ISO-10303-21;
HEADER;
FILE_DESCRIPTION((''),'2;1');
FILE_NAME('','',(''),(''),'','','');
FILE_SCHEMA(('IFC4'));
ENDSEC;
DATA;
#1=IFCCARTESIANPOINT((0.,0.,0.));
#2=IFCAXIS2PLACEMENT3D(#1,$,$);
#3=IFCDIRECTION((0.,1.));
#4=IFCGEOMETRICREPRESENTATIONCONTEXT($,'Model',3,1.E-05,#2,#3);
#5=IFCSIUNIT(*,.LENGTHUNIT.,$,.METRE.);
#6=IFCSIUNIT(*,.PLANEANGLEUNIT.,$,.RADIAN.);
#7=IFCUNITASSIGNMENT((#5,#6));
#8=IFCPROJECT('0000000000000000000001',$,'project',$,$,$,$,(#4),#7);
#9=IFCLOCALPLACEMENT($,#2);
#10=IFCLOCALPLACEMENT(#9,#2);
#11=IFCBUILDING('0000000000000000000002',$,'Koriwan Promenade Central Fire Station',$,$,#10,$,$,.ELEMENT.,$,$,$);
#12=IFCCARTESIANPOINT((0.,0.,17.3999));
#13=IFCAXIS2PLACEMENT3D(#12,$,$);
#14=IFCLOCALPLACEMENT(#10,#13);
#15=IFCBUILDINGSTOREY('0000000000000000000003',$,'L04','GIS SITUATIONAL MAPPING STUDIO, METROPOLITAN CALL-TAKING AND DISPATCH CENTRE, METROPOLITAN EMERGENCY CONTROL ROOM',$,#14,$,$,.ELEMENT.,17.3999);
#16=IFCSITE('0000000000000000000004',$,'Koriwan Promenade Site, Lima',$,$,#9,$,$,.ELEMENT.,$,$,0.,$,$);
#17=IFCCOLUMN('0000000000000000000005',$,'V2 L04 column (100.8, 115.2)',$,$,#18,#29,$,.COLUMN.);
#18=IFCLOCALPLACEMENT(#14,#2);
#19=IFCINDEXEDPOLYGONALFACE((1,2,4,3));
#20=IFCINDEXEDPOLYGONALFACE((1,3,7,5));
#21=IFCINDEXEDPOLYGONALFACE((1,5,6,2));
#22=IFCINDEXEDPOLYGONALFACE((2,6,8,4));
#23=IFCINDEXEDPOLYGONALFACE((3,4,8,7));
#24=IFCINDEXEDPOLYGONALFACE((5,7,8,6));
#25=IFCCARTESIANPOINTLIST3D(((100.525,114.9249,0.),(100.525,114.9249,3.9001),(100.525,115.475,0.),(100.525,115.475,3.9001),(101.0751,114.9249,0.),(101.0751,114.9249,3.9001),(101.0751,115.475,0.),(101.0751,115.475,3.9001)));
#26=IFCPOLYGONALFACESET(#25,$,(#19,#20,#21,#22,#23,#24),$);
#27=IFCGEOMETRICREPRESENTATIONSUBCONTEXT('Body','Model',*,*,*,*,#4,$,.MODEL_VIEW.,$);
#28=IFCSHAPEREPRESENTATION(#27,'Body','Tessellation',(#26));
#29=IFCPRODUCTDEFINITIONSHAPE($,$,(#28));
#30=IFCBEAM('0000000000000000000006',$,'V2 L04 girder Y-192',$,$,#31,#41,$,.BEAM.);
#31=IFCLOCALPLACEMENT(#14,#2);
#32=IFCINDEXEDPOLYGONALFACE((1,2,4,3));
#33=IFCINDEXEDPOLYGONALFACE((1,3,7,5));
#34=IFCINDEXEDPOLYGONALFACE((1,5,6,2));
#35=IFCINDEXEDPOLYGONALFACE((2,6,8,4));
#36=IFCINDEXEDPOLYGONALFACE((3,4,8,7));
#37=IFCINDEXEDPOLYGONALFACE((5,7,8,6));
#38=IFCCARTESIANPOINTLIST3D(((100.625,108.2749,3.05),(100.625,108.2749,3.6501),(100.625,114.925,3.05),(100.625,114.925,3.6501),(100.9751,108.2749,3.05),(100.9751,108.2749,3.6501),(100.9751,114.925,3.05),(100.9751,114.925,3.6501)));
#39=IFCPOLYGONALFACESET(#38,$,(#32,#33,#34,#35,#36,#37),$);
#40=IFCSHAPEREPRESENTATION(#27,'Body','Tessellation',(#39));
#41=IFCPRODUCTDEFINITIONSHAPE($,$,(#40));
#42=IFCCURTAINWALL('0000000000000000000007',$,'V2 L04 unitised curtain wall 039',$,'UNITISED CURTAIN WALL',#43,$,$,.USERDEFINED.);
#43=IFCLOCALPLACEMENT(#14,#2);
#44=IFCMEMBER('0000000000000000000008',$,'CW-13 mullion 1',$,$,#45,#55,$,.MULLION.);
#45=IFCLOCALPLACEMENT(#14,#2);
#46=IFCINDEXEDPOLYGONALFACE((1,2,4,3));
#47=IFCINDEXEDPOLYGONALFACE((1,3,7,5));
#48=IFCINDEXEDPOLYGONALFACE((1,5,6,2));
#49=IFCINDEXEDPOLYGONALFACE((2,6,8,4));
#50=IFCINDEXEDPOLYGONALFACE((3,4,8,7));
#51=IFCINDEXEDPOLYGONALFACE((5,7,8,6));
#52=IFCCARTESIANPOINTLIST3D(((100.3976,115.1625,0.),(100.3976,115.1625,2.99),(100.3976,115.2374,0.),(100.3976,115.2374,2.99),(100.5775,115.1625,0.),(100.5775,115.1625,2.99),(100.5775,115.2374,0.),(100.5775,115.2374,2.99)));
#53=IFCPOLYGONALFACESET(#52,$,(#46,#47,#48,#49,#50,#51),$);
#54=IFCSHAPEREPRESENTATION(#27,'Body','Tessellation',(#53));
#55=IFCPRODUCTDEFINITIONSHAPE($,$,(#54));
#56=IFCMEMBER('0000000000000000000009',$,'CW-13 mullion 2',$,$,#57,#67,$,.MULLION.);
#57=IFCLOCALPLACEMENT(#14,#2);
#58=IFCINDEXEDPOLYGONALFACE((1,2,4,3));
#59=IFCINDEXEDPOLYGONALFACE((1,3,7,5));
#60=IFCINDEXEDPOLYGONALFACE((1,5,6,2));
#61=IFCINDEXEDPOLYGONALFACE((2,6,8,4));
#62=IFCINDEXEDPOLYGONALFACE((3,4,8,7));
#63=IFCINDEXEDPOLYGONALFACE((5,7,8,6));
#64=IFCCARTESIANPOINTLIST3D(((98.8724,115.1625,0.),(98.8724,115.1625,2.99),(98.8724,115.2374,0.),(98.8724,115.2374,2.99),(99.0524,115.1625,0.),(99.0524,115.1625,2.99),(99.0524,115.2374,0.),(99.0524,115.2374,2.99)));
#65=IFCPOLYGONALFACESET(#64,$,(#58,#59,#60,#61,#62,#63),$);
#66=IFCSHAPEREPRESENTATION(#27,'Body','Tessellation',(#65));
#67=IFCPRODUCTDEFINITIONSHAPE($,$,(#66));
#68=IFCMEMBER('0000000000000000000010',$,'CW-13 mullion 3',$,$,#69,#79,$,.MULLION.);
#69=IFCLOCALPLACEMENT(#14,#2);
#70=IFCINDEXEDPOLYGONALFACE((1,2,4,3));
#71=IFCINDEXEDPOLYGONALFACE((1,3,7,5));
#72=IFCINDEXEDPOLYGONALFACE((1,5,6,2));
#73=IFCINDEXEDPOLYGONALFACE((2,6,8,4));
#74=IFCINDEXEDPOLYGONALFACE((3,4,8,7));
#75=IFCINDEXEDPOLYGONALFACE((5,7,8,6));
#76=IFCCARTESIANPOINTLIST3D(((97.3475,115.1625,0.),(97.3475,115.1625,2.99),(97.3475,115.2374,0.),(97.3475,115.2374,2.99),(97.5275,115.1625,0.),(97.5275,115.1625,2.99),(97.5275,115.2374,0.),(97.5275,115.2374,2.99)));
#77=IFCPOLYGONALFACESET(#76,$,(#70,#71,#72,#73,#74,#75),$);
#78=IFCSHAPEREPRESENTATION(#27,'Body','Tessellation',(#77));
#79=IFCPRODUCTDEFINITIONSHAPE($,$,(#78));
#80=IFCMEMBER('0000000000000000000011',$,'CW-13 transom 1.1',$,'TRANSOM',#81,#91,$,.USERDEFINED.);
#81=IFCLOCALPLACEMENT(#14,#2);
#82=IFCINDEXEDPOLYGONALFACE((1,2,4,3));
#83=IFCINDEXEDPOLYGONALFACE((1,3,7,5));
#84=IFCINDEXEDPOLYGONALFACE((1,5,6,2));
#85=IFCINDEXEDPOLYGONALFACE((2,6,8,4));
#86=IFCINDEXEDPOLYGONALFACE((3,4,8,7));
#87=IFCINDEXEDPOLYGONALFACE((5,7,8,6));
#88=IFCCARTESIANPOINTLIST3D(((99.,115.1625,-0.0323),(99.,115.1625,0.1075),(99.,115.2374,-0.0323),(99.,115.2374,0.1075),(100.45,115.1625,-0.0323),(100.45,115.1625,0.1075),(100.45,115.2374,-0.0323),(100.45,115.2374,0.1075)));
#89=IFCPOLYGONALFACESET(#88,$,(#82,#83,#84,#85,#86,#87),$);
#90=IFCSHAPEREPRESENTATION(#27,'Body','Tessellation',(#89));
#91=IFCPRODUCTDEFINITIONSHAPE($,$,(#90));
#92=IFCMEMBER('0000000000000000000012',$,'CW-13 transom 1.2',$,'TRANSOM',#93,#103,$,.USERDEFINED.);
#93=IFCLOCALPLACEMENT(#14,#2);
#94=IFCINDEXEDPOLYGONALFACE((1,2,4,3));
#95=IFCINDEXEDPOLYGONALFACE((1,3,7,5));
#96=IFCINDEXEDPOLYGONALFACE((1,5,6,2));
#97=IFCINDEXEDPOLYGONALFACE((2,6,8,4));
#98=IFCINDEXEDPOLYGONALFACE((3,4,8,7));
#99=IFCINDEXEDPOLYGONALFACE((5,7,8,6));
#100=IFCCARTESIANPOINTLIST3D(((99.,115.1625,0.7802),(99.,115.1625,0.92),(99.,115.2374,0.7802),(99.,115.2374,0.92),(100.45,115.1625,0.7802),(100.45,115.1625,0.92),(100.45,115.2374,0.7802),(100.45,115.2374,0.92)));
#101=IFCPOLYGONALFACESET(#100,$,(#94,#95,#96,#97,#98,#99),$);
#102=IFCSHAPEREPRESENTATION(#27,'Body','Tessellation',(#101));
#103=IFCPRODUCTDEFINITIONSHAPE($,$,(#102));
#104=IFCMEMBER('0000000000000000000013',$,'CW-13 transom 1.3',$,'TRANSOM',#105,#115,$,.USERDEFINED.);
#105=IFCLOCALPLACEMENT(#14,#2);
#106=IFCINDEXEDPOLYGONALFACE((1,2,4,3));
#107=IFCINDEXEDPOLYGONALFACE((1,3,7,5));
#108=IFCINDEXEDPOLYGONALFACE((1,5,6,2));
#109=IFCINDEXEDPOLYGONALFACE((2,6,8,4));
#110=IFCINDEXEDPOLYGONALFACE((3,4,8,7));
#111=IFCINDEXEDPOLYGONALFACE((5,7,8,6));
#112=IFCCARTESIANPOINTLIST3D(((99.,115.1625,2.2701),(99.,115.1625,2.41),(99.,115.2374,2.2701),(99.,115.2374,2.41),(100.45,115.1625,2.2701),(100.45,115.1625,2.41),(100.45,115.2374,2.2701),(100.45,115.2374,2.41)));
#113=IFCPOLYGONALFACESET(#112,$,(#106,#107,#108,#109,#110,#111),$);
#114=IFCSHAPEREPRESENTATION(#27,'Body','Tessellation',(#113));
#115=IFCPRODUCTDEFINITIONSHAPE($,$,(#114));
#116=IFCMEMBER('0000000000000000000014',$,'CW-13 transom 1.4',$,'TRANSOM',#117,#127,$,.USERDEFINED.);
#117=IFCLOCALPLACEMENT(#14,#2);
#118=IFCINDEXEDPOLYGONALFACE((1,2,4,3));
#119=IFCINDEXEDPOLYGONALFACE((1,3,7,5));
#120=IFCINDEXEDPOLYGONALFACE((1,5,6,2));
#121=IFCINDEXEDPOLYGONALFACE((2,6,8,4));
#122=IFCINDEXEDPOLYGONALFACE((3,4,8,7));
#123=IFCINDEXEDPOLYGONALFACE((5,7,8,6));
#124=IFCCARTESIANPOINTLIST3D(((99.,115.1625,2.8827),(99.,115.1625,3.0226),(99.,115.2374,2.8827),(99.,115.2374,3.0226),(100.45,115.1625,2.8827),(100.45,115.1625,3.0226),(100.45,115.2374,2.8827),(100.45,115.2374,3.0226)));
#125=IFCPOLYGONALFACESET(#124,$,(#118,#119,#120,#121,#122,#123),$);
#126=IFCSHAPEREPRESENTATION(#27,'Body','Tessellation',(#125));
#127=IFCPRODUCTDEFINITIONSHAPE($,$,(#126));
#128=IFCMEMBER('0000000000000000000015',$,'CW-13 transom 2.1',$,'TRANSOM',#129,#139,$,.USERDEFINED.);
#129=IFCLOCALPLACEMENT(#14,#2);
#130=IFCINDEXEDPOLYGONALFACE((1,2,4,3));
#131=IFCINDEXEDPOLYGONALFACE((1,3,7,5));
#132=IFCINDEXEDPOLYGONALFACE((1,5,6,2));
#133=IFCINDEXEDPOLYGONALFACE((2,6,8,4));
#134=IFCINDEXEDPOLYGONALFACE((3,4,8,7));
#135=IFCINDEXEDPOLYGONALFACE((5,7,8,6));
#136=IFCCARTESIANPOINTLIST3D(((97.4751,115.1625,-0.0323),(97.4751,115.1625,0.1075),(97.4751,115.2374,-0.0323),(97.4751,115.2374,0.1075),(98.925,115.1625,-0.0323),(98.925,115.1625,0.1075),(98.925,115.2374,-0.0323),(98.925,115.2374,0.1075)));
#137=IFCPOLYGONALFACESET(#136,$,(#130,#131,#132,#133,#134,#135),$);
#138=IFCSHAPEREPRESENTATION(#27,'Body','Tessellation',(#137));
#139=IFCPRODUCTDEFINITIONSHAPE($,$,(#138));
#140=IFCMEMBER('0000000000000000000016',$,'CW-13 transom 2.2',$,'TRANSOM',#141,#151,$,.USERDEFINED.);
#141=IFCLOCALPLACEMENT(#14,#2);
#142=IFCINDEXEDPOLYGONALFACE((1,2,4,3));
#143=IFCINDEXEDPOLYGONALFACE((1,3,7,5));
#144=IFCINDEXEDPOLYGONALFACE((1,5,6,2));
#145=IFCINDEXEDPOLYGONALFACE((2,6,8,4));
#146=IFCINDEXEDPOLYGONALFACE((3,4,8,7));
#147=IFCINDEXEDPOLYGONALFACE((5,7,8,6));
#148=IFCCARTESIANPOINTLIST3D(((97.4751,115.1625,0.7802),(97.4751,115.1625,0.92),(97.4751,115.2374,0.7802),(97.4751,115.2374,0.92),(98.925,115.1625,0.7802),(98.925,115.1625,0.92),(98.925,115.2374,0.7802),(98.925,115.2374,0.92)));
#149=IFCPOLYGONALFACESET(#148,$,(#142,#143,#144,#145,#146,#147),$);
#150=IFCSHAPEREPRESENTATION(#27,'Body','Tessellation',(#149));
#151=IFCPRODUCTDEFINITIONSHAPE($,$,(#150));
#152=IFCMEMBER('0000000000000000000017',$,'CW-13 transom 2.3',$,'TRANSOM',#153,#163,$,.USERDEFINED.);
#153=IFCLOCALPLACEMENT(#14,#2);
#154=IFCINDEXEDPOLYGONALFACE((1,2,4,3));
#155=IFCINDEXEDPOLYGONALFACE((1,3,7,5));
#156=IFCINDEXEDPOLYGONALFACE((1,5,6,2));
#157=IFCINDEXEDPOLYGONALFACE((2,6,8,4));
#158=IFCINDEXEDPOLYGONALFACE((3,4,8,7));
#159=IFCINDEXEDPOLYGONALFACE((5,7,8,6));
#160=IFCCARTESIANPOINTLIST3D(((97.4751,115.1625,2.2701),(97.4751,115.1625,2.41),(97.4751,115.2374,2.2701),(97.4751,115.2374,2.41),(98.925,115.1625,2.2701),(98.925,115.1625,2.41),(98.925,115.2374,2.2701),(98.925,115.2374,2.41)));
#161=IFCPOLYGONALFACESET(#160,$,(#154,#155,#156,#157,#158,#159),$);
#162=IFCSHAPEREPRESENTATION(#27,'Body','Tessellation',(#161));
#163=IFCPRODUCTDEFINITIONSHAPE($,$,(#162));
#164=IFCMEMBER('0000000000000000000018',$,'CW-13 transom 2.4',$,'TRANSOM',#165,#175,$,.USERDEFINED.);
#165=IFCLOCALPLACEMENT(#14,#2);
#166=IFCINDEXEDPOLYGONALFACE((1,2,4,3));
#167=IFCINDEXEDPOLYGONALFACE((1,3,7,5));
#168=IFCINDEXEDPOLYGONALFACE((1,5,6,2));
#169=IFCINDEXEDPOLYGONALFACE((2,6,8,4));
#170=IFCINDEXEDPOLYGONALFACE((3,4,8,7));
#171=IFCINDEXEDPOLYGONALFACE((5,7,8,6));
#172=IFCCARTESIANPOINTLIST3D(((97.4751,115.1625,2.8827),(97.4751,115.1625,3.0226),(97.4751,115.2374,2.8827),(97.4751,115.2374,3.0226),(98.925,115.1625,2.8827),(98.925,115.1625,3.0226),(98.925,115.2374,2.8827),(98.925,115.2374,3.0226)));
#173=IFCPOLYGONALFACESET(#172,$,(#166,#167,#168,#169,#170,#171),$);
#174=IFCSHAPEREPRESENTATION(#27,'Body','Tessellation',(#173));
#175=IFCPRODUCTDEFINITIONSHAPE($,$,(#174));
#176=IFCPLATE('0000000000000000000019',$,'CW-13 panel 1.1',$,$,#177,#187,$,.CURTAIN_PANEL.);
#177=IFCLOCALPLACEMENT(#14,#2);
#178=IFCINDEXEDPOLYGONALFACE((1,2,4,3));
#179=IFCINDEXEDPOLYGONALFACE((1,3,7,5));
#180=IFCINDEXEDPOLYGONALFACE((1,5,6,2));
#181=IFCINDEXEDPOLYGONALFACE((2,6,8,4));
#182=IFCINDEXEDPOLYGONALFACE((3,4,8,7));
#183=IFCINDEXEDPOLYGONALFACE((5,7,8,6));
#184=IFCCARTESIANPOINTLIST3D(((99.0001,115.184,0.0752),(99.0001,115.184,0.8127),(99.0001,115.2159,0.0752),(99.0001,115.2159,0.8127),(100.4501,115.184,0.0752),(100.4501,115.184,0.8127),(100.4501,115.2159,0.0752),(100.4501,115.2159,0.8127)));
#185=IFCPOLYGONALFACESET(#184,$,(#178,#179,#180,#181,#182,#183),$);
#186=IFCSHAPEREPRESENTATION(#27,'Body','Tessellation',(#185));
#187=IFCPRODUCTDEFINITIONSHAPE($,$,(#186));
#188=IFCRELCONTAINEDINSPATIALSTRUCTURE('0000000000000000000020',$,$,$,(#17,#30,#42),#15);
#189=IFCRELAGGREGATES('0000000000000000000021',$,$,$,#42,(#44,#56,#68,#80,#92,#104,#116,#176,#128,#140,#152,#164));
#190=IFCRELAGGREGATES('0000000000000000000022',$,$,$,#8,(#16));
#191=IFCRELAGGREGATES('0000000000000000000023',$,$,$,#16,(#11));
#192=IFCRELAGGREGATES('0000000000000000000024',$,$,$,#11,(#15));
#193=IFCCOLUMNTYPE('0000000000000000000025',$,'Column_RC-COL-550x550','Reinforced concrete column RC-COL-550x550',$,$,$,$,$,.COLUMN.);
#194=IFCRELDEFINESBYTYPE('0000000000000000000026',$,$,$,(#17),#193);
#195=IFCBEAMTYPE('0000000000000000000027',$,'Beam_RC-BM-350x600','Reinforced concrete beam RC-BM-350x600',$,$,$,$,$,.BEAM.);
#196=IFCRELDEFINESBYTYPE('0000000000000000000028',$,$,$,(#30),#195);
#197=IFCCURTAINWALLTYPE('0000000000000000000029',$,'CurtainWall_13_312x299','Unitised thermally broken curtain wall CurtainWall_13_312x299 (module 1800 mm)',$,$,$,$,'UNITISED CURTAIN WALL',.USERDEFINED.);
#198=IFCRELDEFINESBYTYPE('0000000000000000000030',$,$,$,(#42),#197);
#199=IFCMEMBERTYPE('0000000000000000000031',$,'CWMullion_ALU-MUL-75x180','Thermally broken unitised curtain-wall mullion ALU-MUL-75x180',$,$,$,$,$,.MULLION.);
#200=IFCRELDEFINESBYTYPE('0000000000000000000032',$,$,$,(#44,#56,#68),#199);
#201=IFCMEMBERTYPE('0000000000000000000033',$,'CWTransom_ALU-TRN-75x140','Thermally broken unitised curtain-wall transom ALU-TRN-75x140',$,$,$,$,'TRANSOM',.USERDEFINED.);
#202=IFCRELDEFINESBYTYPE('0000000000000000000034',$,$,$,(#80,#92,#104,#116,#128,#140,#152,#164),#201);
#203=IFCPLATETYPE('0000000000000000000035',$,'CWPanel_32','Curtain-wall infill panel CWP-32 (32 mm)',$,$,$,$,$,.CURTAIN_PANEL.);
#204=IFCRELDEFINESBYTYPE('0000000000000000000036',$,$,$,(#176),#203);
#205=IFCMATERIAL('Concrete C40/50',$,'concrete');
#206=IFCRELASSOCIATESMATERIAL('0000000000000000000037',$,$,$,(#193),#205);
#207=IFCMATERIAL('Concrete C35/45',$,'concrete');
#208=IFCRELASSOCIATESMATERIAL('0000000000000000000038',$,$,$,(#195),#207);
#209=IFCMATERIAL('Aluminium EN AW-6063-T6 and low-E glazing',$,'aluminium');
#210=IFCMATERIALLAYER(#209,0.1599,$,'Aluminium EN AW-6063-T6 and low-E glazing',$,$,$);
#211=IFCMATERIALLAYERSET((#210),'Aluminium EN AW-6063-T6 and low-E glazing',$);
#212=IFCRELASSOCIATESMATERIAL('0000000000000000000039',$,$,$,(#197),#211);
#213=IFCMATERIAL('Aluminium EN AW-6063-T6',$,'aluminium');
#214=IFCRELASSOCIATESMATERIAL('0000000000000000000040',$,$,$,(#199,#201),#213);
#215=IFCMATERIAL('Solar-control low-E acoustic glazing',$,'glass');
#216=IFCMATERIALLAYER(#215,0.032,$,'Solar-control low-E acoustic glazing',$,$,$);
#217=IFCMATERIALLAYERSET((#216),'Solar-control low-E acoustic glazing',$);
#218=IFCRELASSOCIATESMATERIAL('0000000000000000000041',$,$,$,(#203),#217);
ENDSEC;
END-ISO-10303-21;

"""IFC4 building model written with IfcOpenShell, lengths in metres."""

from ifc_helpers import new_model, si_unit, direction, frame, origin, origin_2d, place, context, subcontext, project, spatial, rectangle, extrude, material, layer, layer_set, material_profile, profile_set, type_object, element, aggregate, save


model = new_model("IFC4")

# Units and contexts
model_context = context("Model", 3, precision=1e-05, world=origin(), true_north=direction((0.0, 1.0)))
body_context = subcontext(model_context, "Body", "Model", "MODEL_VIEW")
ifc_project = project(units=[si_unit("LENGTHUNIT", "METRE"), si_unit("PLANEANGLEUNIT", "RADIAN")], contexts=[model_context])

# Site, building, storey
site_placement = place(None, origin())
site = spatial("IfcSite", under=ifc_project, at=site_placement, Name="Koriwan Promenade Site, Lima", CompositionType="ELEMENT", RefElevation=0.0)
building_placement = place(site_placement, origin())
building = spatial("IfcBuilding", under=site, at=building_placement, Name="Koriwan Promenade Central Fire Station", CompositionType="ELEMENT")
storey_placement = place(building_placement, frame((0.0, 0.0, 17.3999)))
storey = spatial("IfcBuildingStorey", under=building, at=storey_placement, Name="L04", Description="GIS SITUATIONAL MAPPING STUDIO, METROPOLITAN CALL-TAKING AND DISPATCH CENTRE, METROPOLITAN EMERGENCY CONTROL ROOM", CompositionType="ELEMENT", Elevation=17.3999)

# Column
ifc_material_1 = material(Name="Concrete C40/50", Category="concrete")
ifc_material_profile_1 = material_profile(ifc_material_1, rectangle(XDim=0.55, YDim=0.55, at=origin_2d()), Name="RC-COL-550x550")
ifc_profile_set_1 = profile_set([ifc_material_profile_1], Name="Concrete C40/50")
column_type = type_object("IfcColumnType", Name="Column_RC-COL-550x550", Description="Reinforced concrete column RC-COL-550x550", PredefinedType="COLUMN", material=ifc_profile_set_1)
column_placement = place(storey_placement, frame((100.8, 115.2, 0.0), z_axis=(0.0, 0.0, 1.0), x_axis=(1.0, 0.0, 0.0)))
element("IfcColumn", 1, at=column_placement, inside=storey, type_object=column_type, Name="V2 L04 column (100.8, 115.2)", PredefinedType="COLUMN", context=body_context, shape_type="SweptSolid", body=[
    extrude(rectangle(XDim=0.55, YDim=0.55, at=origin_2d()), origin(), (0.0, 0.0, 1.0), 3.9001),
])

# Beam
ifc_material_2 = material(Name="Concrete C35/45", Category="concrete")
ifc_material_profile_2 = material_profile(ifc_material_2, rectangle(XDim=0.3501, YDim=0.6001, at=origin_2d()), Name="RC-BM-350x600")
ifc_profile_set_2 = profile_set([ifc_material_profile_2], Name="Concrete C35/45")
beam_type = type_object("IfcBeamType", Name="Beam_RC-BM-350x600", Description="Reinforced concrete beam RC-BM-350x600", PredefinedType="BEAM", material=ifc_profile_set_2)
beam_placement = place(storey_placement, frame((100.8, 108.2749, 3.3501), z_axis=(0.0, 1.0, 0.0), x_axis=(-1.0, 0.0, 0.0)))
element("IfcBeam", 2, at=beam_placement, inside=storey, type_object=beam_type, Name="V2 L04 girder Y-192", PredefinedType="BEAM", context=body_context, shape_type="SweptSolid", body=[
    extrude(rectangle(XDim=0.3501, YDim=0.6001, at=origin_2d()), origin(), (0.0, 0.0, 1.0), 6.6501),
])

# Curtain wall, members, plate
ifc_material_3 = material(Name="Aluminium EN AW-6063-T6 and low-E glazing", Category="aluminium")
ifc_layer_1 = layer(ifc_material_3, 0.1599, Name="Aluminium EN AW-6063-T6 and low-E glazing")
ifc_layer_set_1 = layer_set([ifc_layer_1], Name="Aluminium EN AW-6063-T6 and low-E glazing")
curtain_wall_type = type_object("IfcCurtainWallType", Name="CurtainWall_13_312x299", Description="Unitised thermally broken curtain wall CurtainWall_13_312x299 (module 1800 mm)", ElementType="UNITISED CURTAIN WALL", PredefinedType="USERDEFINED", material=ifc_layer_set_1)
curtain_wall_placement = place(storey_placement, origin())
curtain_wall = element("IfcCurtainWall", 3, at=curtain_wall_placement, inside=storey, type_object=curtain_wall_type, Name="V2 L04 unitised curtain wall 039", ObjectType="UNITISED CURTAIN WALL", PredefinedType="USERDEFINED")
ifc_material_4 = material(Name="Aluminium EN AW-6063-T6", Category="aluminium")
ifc_material_profile_3 = material_profile(ifc_material_4, rectangle(XDim=0.075, YDim=0.1799, at=origin_2d()), Name="ALU-MUL-75x180")
ifc_profile_set_3 = profile_set([ifc_material_profile_3], Name="Aluminium EN AW-6063-T6")
member_type_1 = type_object("IfcMemberType", Name="CWMullion_ALU-MUL-75x180", Description="Thermally broken unitised curtain-wall mullion ALU-MUL-75x180", PredefinedType="MULLION", material=ifc_profile_set_3)
member_1_placement = place(storey_placement, frame((100.4875, 115.2, 0.0), z_axis=(0.0, 0.0, 1.0), x_axis=(0.0, -1.0, 0.0)))
member_1 = element("IfcMember", 4, at=member_1_placement, type_object=member_type_1, Name="CW-13 mullion 1", PredefinedType="MULLION", context=body_context, shape_type="SweptSolid", body=[
    extrude(rectangle(XDim=0.075, YDim=0.1799, at=origin_2d()), origin(), (0.0, 0.0, 1.0), 2.99),
])
member_2_placement = place(storey_placement, frame((98.9624, 115.2, 0.0), z_axis=(0.0, 0.0, 1.0), x_axis=(0.0, -1.0, 0.0)))
member_2 = element("IfcMember", 5, at=member_2_placement, type_object=member_type_1, Name="CW-13 mullion 2", PredefinedType="MULLION", context=body_context, shape_type="SweptSolid", body=[
    extrude(rectangle(XDim=0.075, YDim=0.1799, at=origin_2d()), origin(), (0.0, 0.0, 1.0), 2.99),
])
member_3_placement = place(storey_placement, frame((97.4375, 115.2, 0.0), z_axis=(0.0, 0.0, 1.0), x_axis=(0.0, -1.0, 0.0)))
member_3 = element("IfcMember", 6, at=member_3_placement, type_object=member_type_1, Name="CW-13 mullion 3", PredefinedType="MULLION", context=body_context, shape_type="SweptSolid", body=[
    extrude(rectangle(XDim=0.075, YDim=0.1799, at=origin_2d()), origin(), (0.0, 0.0, 1.0), 2.99),
])
ifc_material_profile_4 = material_profile(ifc_material_4, rectangle(XDim=0.075, YDim=0.1399, at=origin_2d()), Name="ALU-TRN-75x140")
ifc_profile_set_4 = profile_set([ifc_material_profile_4], Name="Aluminium EN AW-6063-T6")
member_type_2 = type_object("IfcMemberType", Name="CWTransom_ALU-TRN-75x140", Description="Thermally broken unitised curtain-wall transom ALU-TRN-75x140", ElementType="TRANSOM", PredefinedType="USERDEFINED", material=ifc_profile_set_4)
member_4_placement = place(storey_placement, frame((100.45, 115.2, 0.0376), z_axis=(-1.0, 0.0, 0.0), x_axis=(0.0, -1.0, 0.0)))
member_4 = element("IfcMember", 7, at=member_4_placement, type_object=member_type_2, Name="CW-13 transom 1.1", ObjectType="TRANSOM", PredefinedType="USERDEFINED", context=body_context, shape_type="SweptSolid", body=[
    extrude(rectangle(XDim=0.075, YDim=0.1399, at=origin_2d()), origin(), (0.0, 0.0, 1.0), 1.45),
])
member_5_placement = place(storey_placement, frame((100.45, 115.2, 0.8501), z_axis=(-1.0, 0.0, 0.0), x_axis=(0.0, -1.0, 0.0)))
member_5 = element("IfcMember", 8, at=member_5_placement, type_object=member_type_2, Name="CW-13 transom 1.2", ObjectType="TRANSOM", PredefinedType="USERDEFINED", context=body_context, shape_type="SweptSolid", body=[
    extrude(rectangle(XDim=0.075, YDim=0.1399, at=origin_2d()), origin(), (0.0, 0.0, 1.0), 1.45),
])
member_6_placement = place(storey_placement, frame((100.45, 115.2, 2.3401), z_axis=(-1.0, 0.0, 0.0), x_axis=(0.0, -1.0, 0.0)))
member_6 = element("IfcMember", 9, at=member_6_placement, type_object=member_type_2, Name="CW-13 transom 1.3", ObjectType="TRANSOM", PredefinedType="USERDEFINED", context=body_context, shape_type="SweptSolid", body=[
    extrude(rectangle(XDim=0.075, YDim=0.1399, at=origin_2d()), origin(), (0.0, 0.0, 1.0), 1.45),
])
member_7_placement = place(storey_placement, frame((100.45, 115.2, 2.9526), z_axis=(-1.0, 0.0, 0.0), x_axis=(0.0, -1.0, 0.0)))
member_7 = element("IfcMember", 10, at=member_7_placement, type_object=member_type_2, Name="CW-13 transom 1.4", ObjectType="TRANSOM", PredefinedType="USERDEFINED", context=body_context, shape_type="SweptSolid", body=[
    extrude(rectangle(XDim=0.075, YDim=0.1399, at=origin_2d()), origin(), (0.0, 0.0, 1.0), 1.45),
])
member_8_placement = place(storey_placement, frame((98.925, 115.2, 0.0376), z_axis=(-1.0, 0.0, 0.0), x_axis=(0.0, -1.0, 0.0)))
member_8 = element("IfcMember", 11, at=member_8_placement, type_object=member_type_2, Name="CW-13 transom 2.1", ObjectType="TRANSOM", PredefinedType="USERDEFINED", context=body_context, shape_type="SweptSolid", body=[
    extrude(rectangle(XDim=0.075, YDim=0.1399, at=origin_2d()), origin(), (0.0, 0.0, 1.0), 1.45),
])
member_9_placement = place(storey_placement, frame((98.925, 115.2, 0.8501), z_axis=(-1.0, 0.0, 0.0), x_axis=(0.0, -1.0, 0.0)))
member_9 = element("IfcMember", 12, at=member_9_placement, type_object=member_type_2, Name="CW-13 transom 2.2", ObjectType="TRANSOM", PredefinedType="USERDEFINED", context=body_context, shape_type="SweptSolid", body=[
    extrude(rectangle(XDim=0.075, YDim=0.1399, at=origin_2d()), origin(), (0.0, 0.0, 1.0), 1.45),
])
member_10_placement = place(storey_placement, frame((98.925, 115.2, 2.3401), z_axis=(-1.0, 0.0, 0.0), x_axis=(0.0, -1.0, 0.0)))
member_10 = element("IfcMember", 13, at=member_10_placement, type_object=member_type_2, Name="CW-13 transom 2.3", ObjectType="TRANSOM", PredefinedType="USERDEFINED", context=body_context, shape_type="SweptSolid", body=[
    extrude(rectangle(XDim=0.075, YDim=0.1399, at=origin_2d()), origin(), (0.0, 0.0, 1.0), 1.45),
])
member_11_placement = place(storey_placement, frame((98.925, 115.2, 2.9526), z_axis=(-1.0, 0.0, 0.0), x_axis=(0.0, -1.0, 0.0)))
member_11 = element("IfcMember", 14, at=member_11_placement, type_object=member_type_2, Name="CW-13 transom 2.4", ObjectType="TRANSOM", PredefinedType="USERDEFINED", context=body_context, shape_type="SweptSolid", body=[
    extrude(rectangle(XDim=0.075, YDim=0.1399, at=origin_2d()), origin(), (0.0, 0.0, 1.0), 1.45),
])
ifc_material_5 = material(Name="Solar-control low-E acoustic glazing", Category="glass")
ifc_layer_2 = layer(ifc_material_5, 0.032, Name="Solar-control low-E acoustic glazing")
ifc_layer_set_2 = layer_set([ifc_layer_2], Name="Solar-control low-E acoustic glazing")
plate_type = type_object("IfcPlateType", Name="CWPanel_32", Description="Curtain-wall infill panel CWP-32 (32 mm)", PredefinedType="CURTAIN_PANEL", material=ifc_layer_set_2)
plate_1_placement = place(storey_placement, frame((99.7251, 115.2, 0.0752), z_axis=(0.0, 0.0, 1.0), x_axis=(-1.0, 0.0, 0.0)))
plate_1 = element("IfcPlate", 15, at=plate_1_placement, type_object=plate_type, Name="CW-13 panel 1.1", PredefinedType="CURTAIN_PANEL", context=body_context, shape_type="SweptSolid", body=[
    extrude(rectangle(XDim=1.45, YDim=0.032, at=origin_2d()), origin(), (0.0, 0.0, 1.0), 0.7375),
])
aggregate(curtain_wall, [member_1, member_2, member_3, member_4, member_5, member_6, member_7, plate_1, member_8, member_9, member_10, member_11])

save(model, "model.ifc")
